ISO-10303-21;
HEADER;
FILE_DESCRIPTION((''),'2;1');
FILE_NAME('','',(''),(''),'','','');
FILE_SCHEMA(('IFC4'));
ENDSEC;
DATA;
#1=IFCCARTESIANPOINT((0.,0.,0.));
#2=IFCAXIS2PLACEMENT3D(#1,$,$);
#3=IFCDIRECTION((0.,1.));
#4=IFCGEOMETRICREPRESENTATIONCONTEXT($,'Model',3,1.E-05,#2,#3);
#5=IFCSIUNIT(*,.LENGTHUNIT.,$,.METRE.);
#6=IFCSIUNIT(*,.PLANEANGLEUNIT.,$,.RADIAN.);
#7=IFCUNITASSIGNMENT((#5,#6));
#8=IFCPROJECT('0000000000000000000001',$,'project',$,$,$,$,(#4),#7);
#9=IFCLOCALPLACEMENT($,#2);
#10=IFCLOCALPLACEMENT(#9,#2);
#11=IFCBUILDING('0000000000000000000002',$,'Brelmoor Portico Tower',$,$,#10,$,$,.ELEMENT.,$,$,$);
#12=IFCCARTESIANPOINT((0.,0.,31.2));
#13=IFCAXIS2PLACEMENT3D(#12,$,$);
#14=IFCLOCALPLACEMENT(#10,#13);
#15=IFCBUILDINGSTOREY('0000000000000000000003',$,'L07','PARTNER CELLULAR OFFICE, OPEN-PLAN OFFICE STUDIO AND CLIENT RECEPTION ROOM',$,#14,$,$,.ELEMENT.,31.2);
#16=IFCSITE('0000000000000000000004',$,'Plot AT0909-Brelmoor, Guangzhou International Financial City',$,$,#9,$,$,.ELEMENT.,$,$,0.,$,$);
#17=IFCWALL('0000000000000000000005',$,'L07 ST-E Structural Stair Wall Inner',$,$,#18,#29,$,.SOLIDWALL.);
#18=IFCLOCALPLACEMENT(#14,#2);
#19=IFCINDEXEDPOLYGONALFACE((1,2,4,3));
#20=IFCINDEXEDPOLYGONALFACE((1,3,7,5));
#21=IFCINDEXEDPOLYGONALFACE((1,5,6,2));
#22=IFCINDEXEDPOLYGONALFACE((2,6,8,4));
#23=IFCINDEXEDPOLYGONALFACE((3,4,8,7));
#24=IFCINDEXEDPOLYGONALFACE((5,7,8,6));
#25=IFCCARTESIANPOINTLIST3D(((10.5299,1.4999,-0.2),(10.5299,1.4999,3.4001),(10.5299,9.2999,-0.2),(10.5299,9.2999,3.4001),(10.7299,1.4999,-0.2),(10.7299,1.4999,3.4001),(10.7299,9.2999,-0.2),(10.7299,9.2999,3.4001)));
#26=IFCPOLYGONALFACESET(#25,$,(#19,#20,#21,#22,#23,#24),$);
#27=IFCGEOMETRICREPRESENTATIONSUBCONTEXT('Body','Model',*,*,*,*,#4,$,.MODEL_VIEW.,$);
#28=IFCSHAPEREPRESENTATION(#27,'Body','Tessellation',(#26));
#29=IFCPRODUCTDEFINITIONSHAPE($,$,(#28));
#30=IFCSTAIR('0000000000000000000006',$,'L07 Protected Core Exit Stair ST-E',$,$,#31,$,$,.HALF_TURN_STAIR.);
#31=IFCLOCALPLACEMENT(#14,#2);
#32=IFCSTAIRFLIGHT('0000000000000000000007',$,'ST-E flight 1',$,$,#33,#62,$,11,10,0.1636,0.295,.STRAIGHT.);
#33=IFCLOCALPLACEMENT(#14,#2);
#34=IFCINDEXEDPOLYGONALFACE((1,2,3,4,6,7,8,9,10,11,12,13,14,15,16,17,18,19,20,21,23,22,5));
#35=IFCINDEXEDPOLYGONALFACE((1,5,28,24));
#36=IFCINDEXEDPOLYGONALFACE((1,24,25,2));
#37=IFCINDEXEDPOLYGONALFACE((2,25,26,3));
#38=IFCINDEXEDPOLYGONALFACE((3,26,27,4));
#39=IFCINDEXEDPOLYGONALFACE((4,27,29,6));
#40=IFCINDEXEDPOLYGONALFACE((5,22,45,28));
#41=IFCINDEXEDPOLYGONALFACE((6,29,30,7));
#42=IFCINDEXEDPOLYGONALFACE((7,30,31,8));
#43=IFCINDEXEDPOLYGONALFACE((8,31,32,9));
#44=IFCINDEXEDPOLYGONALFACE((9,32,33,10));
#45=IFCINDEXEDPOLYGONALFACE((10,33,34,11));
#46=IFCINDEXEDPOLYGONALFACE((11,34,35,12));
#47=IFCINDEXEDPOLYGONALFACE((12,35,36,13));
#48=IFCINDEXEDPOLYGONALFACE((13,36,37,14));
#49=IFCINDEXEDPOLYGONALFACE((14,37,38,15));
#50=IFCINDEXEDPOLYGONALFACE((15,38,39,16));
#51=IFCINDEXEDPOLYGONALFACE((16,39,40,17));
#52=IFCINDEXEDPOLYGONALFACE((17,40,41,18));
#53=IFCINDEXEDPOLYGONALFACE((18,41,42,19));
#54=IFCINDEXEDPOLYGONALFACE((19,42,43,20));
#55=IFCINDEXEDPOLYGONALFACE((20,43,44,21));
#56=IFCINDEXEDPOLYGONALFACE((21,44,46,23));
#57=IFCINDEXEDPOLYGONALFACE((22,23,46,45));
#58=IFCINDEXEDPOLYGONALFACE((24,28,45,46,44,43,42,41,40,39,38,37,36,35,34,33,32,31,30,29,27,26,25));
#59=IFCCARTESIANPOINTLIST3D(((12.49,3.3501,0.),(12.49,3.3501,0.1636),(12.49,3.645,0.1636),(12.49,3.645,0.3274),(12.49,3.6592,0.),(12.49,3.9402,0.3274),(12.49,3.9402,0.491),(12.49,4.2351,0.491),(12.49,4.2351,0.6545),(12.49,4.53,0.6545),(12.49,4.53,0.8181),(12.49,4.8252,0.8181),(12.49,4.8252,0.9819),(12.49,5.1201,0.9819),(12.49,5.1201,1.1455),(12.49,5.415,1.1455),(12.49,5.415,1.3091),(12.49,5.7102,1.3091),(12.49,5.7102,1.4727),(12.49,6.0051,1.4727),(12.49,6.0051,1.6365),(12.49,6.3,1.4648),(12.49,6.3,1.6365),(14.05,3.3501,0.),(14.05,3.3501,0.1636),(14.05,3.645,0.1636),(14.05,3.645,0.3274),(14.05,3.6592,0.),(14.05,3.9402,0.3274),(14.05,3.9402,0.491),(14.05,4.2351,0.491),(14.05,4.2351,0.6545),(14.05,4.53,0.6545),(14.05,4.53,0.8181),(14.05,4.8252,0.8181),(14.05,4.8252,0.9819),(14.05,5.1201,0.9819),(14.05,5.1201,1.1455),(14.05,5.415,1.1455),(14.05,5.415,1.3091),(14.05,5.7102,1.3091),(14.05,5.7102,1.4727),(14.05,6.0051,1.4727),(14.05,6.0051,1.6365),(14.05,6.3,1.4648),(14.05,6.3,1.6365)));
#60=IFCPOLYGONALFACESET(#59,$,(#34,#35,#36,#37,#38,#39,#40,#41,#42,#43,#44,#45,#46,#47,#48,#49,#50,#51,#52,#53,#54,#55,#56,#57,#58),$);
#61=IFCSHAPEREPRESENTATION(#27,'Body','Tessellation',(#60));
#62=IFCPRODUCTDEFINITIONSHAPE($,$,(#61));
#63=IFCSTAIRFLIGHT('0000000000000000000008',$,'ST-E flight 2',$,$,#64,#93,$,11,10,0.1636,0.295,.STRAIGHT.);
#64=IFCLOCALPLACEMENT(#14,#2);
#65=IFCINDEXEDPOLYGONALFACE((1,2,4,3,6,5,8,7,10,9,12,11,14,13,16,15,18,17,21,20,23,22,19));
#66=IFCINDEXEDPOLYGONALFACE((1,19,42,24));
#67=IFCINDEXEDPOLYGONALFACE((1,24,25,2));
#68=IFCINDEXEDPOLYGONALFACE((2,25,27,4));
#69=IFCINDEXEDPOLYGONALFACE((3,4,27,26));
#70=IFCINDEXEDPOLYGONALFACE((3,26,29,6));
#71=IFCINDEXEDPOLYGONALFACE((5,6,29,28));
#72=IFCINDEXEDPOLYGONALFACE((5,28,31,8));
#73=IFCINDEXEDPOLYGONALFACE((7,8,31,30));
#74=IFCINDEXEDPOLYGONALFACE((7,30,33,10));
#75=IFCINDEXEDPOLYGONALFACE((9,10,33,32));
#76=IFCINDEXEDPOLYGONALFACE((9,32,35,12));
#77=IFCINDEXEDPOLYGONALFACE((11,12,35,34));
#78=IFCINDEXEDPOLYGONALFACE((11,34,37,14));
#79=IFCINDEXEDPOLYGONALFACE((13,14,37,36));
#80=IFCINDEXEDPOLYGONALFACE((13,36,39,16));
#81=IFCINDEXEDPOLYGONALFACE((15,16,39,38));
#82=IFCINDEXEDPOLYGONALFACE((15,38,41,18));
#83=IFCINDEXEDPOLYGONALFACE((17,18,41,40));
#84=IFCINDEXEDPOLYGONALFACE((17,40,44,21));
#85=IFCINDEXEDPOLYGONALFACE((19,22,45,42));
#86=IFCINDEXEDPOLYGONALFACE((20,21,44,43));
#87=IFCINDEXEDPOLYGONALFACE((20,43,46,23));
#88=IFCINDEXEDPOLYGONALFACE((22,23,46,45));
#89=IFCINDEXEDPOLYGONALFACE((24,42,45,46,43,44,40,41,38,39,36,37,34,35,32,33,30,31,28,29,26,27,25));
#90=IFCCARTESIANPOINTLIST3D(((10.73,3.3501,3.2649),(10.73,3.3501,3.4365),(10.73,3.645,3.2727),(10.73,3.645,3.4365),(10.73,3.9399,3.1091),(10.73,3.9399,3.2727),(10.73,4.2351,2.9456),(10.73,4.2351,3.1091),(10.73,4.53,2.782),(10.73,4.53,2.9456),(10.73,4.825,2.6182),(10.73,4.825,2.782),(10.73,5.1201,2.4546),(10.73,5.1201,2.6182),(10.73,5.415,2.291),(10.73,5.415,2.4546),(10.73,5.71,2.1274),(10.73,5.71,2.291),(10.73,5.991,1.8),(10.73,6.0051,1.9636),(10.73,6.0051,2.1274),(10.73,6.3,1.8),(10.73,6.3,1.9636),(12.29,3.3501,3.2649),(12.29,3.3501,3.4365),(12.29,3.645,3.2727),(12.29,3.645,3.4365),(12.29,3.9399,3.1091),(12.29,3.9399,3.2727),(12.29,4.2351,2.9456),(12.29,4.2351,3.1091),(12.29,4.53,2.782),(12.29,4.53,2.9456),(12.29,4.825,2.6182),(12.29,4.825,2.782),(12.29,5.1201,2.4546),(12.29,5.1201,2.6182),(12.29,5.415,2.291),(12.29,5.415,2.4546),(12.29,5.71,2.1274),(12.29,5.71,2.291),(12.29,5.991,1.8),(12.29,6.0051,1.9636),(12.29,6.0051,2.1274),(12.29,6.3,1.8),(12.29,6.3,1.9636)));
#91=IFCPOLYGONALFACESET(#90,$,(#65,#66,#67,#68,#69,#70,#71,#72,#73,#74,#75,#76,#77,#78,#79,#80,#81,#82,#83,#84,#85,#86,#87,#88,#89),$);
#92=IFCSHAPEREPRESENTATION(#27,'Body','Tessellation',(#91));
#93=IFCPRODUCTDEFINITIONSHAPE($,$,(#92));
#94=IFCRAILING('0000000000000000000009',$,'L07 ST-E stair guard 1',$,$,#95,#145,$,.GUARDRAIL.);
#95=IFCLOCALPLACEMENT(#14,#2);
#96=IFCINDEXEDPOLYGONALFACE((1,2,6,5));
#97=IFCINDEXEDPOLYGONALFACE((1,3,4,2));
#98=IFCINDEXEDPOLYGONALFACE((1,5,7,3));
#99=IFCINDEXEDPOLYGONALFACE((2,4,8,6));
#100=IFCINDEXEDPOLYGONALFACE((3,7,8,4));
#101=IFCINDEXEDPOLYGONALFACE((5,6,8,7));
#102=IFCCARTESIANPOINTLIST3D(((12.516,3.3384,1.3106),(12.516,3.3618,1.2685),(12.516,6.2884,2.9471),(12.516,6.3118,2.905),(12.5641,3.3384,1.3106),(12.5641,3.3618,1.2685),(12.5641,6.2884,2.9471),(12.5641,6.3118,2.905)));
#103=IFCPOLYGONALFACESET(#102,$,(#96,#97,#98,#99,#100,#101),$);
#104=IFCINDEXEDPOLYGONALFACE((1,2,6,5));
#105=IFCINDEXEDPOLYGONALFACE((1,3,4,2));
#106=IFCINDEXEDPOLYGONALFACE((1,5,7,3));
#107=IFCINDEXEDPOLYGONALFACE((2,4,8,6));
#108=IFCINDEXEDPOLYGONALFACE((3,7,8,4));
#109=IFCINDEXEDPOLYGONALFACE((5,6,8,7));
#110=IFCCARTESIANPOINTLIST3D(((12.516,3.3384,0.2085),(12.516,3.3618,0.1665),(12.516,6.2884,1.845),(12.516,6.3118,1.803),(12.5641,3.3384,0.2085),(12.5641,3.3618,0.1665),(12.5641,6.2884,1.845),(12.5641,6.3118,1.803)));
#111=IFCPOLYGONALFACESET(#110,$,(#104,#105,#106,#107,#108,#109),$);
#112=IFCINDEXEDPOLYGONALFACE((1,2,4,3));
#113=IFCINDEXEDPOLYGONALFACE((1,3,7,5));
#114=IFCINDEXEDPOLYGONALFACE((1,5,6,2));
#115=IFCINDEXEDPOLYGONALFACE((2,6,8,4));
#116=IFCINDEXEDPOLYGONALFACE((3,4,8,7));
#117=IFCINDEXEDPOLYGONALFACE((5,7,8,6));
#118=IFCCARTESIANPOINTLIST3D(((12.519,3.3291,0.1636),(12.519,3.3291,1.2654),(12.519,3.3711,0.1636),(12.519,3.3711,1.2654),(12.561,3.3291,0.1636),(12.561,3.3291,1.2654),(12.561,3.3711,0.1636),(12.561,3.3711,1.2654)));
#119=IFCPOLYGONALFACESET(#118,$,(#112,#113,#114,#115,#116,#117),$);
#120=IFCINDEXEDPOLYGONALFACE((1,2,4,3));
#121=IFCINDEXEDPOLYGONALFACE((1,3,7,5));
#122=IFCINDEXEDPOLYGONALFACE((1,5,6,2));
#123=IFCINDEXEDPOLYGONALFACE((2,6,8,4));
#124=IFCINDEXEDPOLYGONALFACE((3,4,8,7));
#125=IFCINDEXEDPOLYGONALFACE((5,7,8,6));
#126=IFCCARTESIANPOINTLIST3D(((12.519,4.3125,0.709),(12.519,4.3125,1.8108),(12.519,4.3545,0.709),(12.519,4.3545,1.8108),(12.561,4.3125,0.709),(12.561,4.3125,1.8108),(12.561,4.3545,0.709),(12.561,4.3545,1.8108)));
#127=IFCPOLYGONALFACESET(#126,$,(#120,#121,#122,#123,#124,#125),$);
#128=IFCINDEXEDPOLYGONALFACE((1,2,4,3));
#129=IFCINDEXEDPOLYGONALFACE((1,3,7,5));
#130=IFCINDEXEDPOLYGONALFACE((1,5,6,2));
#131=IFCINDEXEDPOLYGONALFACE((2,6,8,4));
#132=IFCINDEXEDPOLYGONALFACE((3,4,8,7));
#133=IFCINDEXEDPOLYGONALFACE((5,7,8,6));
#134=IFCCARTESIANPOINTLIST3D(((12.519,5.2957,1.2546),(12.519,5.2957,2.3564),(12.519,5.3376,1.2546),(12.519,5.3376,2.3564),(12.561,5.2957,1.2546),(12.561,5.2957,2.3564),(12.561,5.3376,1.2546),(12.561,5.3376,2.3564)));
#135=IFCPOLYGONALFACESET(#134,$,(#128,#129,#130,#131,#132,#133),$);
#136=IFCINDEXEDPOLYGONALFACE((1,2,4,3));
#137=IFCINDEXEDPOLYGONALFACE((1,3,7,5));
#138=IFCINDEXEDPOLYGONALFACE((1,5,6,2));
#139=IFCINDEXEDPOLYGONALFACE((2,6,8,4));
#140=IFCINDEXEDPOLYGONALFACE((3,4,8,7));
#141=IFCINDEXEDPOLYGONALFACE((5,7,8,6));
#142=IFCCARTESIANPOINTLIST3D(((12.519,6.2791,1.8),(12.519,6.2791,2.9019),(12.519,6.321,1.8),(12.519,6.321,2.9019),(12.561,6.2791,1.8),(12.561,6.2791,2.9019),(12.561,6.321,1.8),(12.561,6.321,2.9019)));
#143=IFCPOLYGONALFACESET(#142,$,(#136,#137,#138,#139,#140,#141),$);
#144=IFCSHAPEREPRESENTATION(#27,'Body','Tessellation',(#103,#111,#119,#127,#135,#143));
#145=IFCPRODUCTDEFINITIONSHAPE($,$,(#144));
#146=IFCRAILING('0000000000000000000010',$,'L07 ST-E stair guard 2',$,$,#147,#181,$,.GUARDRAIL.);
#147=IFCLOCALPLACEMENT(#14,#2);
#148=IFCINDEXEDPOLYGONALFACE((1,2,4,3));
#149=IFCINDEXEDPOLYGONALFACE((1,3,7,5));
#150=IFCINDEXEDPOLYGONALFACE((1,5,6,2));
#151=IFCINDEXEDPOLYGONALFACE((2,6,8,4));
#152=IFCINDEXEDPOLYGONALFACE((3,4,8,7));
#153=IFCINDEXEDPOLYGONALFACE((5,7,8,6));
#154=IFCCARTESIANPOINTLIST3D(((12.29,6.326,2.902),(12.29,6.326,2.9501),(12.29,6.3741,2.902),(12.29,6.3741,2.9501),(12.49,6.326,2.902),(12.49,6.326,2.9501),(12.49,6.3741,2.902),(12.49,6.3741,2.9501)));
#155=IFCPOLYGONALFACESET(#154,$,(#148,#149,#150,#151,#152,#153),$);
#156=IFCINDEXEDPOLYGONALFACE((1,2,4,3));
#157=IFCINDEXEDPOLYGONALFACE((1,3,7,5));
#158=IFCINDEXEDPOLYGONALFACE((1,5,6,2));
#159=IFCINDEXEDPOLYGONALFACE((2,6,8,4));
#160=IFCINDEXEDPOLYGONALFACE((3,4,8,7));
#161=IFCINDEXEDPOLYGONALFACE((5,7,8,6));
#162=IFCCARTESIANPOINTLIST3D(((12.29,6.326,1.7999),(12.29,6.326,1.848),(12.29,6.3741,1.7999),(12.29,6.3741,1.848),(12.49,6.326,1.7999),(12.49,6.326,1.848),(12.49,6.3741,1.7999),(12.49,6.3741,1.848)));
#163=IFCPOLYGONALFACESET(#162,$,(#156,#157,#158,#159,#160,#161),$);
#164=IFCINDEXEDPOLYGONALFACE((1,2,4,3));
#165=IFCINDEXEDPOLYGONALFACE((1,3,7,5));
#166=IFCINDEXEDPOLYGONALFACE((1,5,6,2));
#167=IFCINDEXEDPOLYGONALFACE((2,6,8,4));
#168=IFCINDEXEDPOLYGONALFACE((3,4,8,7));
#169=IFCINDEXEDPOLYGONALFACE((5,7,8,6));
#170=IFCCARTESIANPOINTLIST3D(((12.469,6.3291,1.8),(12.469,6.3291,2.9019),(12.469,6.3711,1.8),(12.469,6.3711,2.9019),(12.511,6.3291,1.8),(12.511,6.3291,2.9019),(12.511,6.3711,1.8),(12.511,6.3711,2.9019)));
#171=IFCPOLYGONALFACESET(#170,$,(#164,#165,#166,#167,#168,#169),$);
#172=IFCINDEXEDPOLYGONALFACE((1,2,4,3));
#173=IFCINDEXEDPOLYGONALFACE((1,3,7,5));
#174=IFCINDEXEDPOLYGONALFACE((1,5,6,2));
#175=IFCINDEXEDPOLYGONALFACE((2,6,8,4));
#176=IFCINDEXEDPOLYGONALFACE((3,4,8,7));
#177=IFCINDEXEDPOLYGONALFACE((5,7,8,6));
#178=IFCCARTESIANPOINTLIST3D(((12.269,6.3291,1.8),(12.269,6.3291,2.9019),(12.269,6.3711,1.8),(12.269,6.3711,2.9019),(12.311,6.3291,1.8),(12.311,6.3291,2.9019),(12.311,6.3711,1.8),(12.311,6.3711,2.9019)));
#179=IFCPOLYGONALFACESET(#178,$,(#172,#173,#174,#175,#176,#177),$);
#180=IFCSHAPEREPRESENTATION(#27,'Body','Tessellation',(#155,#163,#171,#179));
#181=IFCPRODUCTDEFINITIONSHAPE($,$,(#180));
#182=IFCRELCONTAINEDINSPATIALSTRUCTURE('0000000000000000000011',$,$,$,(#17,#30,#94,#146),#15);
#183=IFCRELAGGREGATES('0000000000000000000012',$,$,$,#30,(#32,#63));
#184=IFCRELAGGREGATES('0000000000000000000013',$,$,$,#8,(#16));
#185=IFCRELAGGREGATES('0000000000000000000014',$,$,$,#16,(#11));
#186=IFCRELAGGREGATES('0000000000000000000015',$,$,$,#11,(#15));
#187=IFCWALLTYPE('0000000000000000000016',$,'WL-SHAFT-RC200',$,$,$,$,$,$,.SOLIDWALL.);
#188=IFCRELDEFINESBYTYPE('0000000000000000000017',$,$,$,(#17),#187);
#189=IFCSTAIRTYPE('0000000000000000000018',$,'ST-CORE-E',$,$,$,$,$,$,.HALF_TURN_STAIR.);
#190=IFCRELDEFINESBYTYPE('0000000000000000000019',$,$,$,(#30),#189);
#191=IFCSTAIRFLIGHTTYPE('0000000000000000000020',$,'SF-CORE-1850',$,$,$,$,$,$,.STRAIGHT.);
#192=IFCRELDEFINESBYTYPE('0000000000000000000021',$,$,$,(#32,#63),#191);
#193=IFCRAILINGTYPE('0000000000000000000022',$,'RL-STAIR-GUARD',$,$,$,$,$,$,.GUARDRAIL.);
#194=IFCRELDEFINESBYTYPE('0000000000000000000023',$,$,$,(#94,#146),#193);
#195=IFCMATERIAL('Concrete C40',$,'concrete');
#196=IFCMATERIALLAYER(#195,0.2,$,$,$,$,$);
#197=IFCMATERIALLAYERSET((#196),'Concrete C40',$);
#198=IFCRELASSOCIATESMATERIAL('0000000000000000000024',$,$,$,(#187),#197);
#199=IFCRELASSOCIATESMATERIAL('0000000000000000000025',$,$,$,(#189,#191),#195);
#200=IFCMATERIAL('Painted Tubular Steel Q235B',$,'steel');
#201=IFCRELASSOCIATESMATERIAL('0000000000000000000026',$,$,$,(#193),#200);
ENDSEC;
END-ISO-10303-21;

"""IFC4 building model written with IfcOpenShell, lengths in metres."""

from ifc_helpers import new_model, si_unit, direction, frame, frame_2d, origin, origin_2d, place, context, subcontext, project, spatial, polyline, rectangle, outline, extrude, material, layer, layer_set, type_object, element, aggregate, save


model = new_model("IFC4")

# Units and contexts
model_context = context("Model", 3, precision=1e-05, world=origin(), true_north=direction((0.0, 1.0)))
body_context = subcontext(model_context, "Body", "Model", "MODEL_VIEW")
ifc_project = project(units=[si_unit("LENGTHUNIT", "METRE"), si_unit("PLANEANGLEUNIT", "RADIAN")], contexts=[model_context])

# Site, building, storey
site_placement = place(None, origin())
site = spatial("IfcSite", under=ifc_project, at=site_placement, Name="Plot AT0909-Brelmoor, Guangzhou International Financial City", CompositionType="ELEMENT", RefElevation=0.0)
building_placement = place(site_placement, origin())
building = spatial("IfcBuilding", under=site, at=building_placement, Name="Brelmoor Portico Tower", CompositionType="ELEMENT")
storey_placement = place(building_placement, frame((0.0, 0.0, 31.2)))
storey = spatial("IfcBuildingStorey", under=building, at=storey_placement, Name="L07", Description="PARTNER CELLULAR OFFICE, OPEN-PLAN OFFICE STUDIO AND CLIENT RECEPTION ROOM", CompositionType="ELEMENT", Elevation=31.2)

# Shared definitions
ifc_material_1 = material(Name="Concrete C40", Category="concrete")
ifc_layer_1 = layer(ifc_material_1, 0.2)
ifc_layer_set_1 = layer_set([ifc_layer_1], Name="Concrete C40")
wall_type_1 = type_object("IfcWallType", Name="WL-SHAFT-RC200", PredefinedType="SOLIDWALL", material=ifc_layer_set_1)

# Wall
wall_1_placement = place(storey_placement, frame((10.6299, 1.5, -0.2), z_axis=(0.0, 0.0, 1.0), x_axis=(0.0, 1.0, 0.0)))
element("IfcWall", 1, at=wall_1_placement, inside=storey, type_object=wall_type_1, Name="L07 ST-E Structural Stair Wall Inner", PredefinedType="SOLIDWALL", context=body_context, shape_type="SweptSolid", body=[
    extrude(rectangle(XDim=7.8, YDim=0.2, at=frame_2d((3.8999, 0.0))), origin(), (0.0, 0.0, 1.0), 3.6001),
])

# Stair, stair flights
stair_type = type_object("IfcStairType", Name="ST-CORE-E", PredefinedType="HALF_TURN_STAIR", material=ifc_material_1)
stair_placement = place(storey_placement, origin())
stair = element("IfcStair", 2, at=stair_placement, inside=storey, type_object=stair_type, Name="L07 Protected Core Exit Stair ST-E", PredefinedType="HALF_TURN_STAIR")
stair_flight_type = type_object("IfcStairFlightType", Name="SF-CORE-1850", PredefinedType="STRAIGHT", material=ifc_material_1)
stair_flight_1_placement = place(storey_placement, frame((13.27, 3.3501, 0.0), z_axis=(0.0, 0.0, 1.0), x_axis=(0.0, 1.0, 0.0)))
stair_flight_1 = element("IfcStairFlight", 3, at=stair_flight_1_placement, type_object=stair_flight_type, Name="ST-E flight 1", NumberOfRisers=11, NumberOfTreads=10, PredefinedType="STRAIGHT", RiserHeight=0.1636, TreadLength=0.295, context=body_context, shape_type="SweptSolid", body=[
    extrude(outline(polyline([(0.0, 0.0), (0.0, 0.1636), (0.2949, 0.1636), (0.2949, 0.3274), (0.5901, 0.3274), (0.5901, 0.491), (0.885, 0.491), (0.885, 0.6545), (1.1799, 0.6545), (1.1799, 0.8181), (1.4751, 0.8181), (1.4751, 0.9819), (1.77, 0.9819), (1.77, 1.1455), (2.0649, 1.1455), (2.0649, 1.3091), (2.3601, 1.3091), (2.3601, 1.4727), (2.655, 1.4727), (2.655, 1.6365), (2.95, 1.6365), (2.95, 1.8), (2.95, 1.4648), (0.3091, 0.0), (0.0, 0.0)])), frame((0.0, 0.78, 0.0), z_axis=(0.0, -1.0, 0.0), x_axis=(1.0, 0.0, 0.0)), (0.0, 0.0, 1.0), 1.5601),
])
stair_flight_2_placement = place(storey_placement, frame((11.51, 6.3, 1.8), z_axis=(0.0, 0.0, 1.0), x_axis=(0.0, -1.0, 0.0)))
stair_flight_2 = element("IfcStairFlight", 4, at=stair_flight_2_placement, type_object=stair_flight_type, Name="ST-E flight 2", NumberOfRisers=11, NumberOfTreads=10, PredefinedType="STRAIGHT", RiserHeight=0.1636, TreadLength=0.295, context=body_context, shape_type="SweptSolid", body=[
    extrude(outline(polyline([(0.0, 0.0), (0.0, 0.1636), (0.2949, 0.1636), (0.2949, 0.3274), (0.5901, 0.3274), (0.5901, 0.491), (0.885, 0.491), (0.885, 0.6545), (1.1799, 0.6545), (1.1799, 0.8181), (1.4751, 0.8181), (1.4751, 0.9819), (1.77, 0.9819), (1.77, 1.1455), (2.0649, 1.1455), (2.0649, 1.3091), (2.3601, 1.3091), (2.3601, 1.4727), (2.655, 1.4727), (2.655, 1.6365), (2.95, 1.6365), (2.95, 1.8), (2.95, 1.4648), (0.3091, 0.0), (0.0, 0.0)])), frame((0.0, 0.78, 0.0), z_axis=(0.0, -1.0, 0.0), x_axis=(1.0, 0.0, 0.0)), (0.0, 0.0, 1.0), 1.5601),
])
aggregate(stair, [stair_flight_1, stair_flight_2])

# Railings
ifc_material_2 = material(Name="Painted Tubular Steel Q235B", Category="steel")
railing_type_1 = type_object("IfcRailingType", Name="RL-STAIR-GUARD", PredefinedType="GUARDRAIL", material=ifc_material_2)
railing_1_placement = place(storey_placement, frame((12.54, 3.3501, 0.1636)))
element("IfcRailing", 5, at=railing_1_placement, inside=storey, type_object=railing_type_1, Name="L07 ST-E stair guard 1", PredefinedType="GUARDRAIL", context=body_context, shape_type="SweptSolid", body=[
    extrude(rectangle(XDim=0.0481, YDim=0.0481, at=origin_2d()), frame((0.0, 0.0, 1.126), z_axis=(0.0, 0.874458, 0.485102), x_axis=(-1.0, 0.0, 0.0)), (0.0, 0.0, 1.0), 3.3735),
    extrude(rectangle(XDim=0.0481, YDim=0.0481, at=origin_2d()), frame((0.0, 0.0, 0.0239), z_axis=(0.0, 0.874458, 0.485102), x_axis=(-1.0, 0.0, 0.0)), (0.0, 0.0, 1.0), 3.3735),
    extrude(rectangle(XDim=0.042, YDim=0.042, at=origin_2d()), origin(), (0.0, 0.0, 1.0), 1.1018),
    extrude(rectangle(XDim=0.042, YDim=0.042, at=origin_2d()), frame((0.0, 0.9834, 0.5454)), (0.0, 0.0, 1.0), 1.1018),
    extrude(rectangle(XDim=0.042, YDim=0.042, at=origin_2d()), frame((0.0, 1.9666, 1.0911)), (0.0, 0.0, 1.0), 1.1018),
    extrude(rectangle(XDim=0.042, YDim=0.042, at=origin_2d()), frame((0.0, 2.95, 1.6365)), (0.0, 0.0, 1.0), 1.1018),
])
railing_2_placement = place(storey_placement, frame((12.49, 6.3501, 1.8)))
element("IfcRailing", 6, at=railing_2_placement, inside=storey, type_object=railing_type_1, Name="L07 ST-E stair guard 2", PredefinedType="GUARDRAIL", context=body_context, shape_type="SweptSolid", body=[
    extrude(rectangle(XDim=0.0481, YDim=0.0481, at=origin_2d()), frame((0.0, 0.0, 1.126), z_axis=(-1.0, 0.0, 0.0), x_axis=(0.0, -1.0, 0.0)), (0.0, 0.0, 1.0), 0.2),
    extrude(rectangle(XDim=0.0481, YDim=0.0481, at=origin_2d()), frame((0.0, 0.0, 0.0239), z_axis=(-1.0, 0.0, 0.0), x_axis=(0.0, -1.0, 0.0)), (0.0, 0.0, 1.0), 0.2),
    extrude(rectangle(XDim=0.042, YDim=0.042, at=origin_2d()), origin(), (0.0, 0.0, 1.0), 1.1018),
    extrude(rectangle(XDim=0.042, YDim=0.042, at=origin_2d()), frame((-0.2, 0.0, 0.0)), (0.0, 0.0, 1.0), 1.1018),
])

save(model, "model.ifc")
